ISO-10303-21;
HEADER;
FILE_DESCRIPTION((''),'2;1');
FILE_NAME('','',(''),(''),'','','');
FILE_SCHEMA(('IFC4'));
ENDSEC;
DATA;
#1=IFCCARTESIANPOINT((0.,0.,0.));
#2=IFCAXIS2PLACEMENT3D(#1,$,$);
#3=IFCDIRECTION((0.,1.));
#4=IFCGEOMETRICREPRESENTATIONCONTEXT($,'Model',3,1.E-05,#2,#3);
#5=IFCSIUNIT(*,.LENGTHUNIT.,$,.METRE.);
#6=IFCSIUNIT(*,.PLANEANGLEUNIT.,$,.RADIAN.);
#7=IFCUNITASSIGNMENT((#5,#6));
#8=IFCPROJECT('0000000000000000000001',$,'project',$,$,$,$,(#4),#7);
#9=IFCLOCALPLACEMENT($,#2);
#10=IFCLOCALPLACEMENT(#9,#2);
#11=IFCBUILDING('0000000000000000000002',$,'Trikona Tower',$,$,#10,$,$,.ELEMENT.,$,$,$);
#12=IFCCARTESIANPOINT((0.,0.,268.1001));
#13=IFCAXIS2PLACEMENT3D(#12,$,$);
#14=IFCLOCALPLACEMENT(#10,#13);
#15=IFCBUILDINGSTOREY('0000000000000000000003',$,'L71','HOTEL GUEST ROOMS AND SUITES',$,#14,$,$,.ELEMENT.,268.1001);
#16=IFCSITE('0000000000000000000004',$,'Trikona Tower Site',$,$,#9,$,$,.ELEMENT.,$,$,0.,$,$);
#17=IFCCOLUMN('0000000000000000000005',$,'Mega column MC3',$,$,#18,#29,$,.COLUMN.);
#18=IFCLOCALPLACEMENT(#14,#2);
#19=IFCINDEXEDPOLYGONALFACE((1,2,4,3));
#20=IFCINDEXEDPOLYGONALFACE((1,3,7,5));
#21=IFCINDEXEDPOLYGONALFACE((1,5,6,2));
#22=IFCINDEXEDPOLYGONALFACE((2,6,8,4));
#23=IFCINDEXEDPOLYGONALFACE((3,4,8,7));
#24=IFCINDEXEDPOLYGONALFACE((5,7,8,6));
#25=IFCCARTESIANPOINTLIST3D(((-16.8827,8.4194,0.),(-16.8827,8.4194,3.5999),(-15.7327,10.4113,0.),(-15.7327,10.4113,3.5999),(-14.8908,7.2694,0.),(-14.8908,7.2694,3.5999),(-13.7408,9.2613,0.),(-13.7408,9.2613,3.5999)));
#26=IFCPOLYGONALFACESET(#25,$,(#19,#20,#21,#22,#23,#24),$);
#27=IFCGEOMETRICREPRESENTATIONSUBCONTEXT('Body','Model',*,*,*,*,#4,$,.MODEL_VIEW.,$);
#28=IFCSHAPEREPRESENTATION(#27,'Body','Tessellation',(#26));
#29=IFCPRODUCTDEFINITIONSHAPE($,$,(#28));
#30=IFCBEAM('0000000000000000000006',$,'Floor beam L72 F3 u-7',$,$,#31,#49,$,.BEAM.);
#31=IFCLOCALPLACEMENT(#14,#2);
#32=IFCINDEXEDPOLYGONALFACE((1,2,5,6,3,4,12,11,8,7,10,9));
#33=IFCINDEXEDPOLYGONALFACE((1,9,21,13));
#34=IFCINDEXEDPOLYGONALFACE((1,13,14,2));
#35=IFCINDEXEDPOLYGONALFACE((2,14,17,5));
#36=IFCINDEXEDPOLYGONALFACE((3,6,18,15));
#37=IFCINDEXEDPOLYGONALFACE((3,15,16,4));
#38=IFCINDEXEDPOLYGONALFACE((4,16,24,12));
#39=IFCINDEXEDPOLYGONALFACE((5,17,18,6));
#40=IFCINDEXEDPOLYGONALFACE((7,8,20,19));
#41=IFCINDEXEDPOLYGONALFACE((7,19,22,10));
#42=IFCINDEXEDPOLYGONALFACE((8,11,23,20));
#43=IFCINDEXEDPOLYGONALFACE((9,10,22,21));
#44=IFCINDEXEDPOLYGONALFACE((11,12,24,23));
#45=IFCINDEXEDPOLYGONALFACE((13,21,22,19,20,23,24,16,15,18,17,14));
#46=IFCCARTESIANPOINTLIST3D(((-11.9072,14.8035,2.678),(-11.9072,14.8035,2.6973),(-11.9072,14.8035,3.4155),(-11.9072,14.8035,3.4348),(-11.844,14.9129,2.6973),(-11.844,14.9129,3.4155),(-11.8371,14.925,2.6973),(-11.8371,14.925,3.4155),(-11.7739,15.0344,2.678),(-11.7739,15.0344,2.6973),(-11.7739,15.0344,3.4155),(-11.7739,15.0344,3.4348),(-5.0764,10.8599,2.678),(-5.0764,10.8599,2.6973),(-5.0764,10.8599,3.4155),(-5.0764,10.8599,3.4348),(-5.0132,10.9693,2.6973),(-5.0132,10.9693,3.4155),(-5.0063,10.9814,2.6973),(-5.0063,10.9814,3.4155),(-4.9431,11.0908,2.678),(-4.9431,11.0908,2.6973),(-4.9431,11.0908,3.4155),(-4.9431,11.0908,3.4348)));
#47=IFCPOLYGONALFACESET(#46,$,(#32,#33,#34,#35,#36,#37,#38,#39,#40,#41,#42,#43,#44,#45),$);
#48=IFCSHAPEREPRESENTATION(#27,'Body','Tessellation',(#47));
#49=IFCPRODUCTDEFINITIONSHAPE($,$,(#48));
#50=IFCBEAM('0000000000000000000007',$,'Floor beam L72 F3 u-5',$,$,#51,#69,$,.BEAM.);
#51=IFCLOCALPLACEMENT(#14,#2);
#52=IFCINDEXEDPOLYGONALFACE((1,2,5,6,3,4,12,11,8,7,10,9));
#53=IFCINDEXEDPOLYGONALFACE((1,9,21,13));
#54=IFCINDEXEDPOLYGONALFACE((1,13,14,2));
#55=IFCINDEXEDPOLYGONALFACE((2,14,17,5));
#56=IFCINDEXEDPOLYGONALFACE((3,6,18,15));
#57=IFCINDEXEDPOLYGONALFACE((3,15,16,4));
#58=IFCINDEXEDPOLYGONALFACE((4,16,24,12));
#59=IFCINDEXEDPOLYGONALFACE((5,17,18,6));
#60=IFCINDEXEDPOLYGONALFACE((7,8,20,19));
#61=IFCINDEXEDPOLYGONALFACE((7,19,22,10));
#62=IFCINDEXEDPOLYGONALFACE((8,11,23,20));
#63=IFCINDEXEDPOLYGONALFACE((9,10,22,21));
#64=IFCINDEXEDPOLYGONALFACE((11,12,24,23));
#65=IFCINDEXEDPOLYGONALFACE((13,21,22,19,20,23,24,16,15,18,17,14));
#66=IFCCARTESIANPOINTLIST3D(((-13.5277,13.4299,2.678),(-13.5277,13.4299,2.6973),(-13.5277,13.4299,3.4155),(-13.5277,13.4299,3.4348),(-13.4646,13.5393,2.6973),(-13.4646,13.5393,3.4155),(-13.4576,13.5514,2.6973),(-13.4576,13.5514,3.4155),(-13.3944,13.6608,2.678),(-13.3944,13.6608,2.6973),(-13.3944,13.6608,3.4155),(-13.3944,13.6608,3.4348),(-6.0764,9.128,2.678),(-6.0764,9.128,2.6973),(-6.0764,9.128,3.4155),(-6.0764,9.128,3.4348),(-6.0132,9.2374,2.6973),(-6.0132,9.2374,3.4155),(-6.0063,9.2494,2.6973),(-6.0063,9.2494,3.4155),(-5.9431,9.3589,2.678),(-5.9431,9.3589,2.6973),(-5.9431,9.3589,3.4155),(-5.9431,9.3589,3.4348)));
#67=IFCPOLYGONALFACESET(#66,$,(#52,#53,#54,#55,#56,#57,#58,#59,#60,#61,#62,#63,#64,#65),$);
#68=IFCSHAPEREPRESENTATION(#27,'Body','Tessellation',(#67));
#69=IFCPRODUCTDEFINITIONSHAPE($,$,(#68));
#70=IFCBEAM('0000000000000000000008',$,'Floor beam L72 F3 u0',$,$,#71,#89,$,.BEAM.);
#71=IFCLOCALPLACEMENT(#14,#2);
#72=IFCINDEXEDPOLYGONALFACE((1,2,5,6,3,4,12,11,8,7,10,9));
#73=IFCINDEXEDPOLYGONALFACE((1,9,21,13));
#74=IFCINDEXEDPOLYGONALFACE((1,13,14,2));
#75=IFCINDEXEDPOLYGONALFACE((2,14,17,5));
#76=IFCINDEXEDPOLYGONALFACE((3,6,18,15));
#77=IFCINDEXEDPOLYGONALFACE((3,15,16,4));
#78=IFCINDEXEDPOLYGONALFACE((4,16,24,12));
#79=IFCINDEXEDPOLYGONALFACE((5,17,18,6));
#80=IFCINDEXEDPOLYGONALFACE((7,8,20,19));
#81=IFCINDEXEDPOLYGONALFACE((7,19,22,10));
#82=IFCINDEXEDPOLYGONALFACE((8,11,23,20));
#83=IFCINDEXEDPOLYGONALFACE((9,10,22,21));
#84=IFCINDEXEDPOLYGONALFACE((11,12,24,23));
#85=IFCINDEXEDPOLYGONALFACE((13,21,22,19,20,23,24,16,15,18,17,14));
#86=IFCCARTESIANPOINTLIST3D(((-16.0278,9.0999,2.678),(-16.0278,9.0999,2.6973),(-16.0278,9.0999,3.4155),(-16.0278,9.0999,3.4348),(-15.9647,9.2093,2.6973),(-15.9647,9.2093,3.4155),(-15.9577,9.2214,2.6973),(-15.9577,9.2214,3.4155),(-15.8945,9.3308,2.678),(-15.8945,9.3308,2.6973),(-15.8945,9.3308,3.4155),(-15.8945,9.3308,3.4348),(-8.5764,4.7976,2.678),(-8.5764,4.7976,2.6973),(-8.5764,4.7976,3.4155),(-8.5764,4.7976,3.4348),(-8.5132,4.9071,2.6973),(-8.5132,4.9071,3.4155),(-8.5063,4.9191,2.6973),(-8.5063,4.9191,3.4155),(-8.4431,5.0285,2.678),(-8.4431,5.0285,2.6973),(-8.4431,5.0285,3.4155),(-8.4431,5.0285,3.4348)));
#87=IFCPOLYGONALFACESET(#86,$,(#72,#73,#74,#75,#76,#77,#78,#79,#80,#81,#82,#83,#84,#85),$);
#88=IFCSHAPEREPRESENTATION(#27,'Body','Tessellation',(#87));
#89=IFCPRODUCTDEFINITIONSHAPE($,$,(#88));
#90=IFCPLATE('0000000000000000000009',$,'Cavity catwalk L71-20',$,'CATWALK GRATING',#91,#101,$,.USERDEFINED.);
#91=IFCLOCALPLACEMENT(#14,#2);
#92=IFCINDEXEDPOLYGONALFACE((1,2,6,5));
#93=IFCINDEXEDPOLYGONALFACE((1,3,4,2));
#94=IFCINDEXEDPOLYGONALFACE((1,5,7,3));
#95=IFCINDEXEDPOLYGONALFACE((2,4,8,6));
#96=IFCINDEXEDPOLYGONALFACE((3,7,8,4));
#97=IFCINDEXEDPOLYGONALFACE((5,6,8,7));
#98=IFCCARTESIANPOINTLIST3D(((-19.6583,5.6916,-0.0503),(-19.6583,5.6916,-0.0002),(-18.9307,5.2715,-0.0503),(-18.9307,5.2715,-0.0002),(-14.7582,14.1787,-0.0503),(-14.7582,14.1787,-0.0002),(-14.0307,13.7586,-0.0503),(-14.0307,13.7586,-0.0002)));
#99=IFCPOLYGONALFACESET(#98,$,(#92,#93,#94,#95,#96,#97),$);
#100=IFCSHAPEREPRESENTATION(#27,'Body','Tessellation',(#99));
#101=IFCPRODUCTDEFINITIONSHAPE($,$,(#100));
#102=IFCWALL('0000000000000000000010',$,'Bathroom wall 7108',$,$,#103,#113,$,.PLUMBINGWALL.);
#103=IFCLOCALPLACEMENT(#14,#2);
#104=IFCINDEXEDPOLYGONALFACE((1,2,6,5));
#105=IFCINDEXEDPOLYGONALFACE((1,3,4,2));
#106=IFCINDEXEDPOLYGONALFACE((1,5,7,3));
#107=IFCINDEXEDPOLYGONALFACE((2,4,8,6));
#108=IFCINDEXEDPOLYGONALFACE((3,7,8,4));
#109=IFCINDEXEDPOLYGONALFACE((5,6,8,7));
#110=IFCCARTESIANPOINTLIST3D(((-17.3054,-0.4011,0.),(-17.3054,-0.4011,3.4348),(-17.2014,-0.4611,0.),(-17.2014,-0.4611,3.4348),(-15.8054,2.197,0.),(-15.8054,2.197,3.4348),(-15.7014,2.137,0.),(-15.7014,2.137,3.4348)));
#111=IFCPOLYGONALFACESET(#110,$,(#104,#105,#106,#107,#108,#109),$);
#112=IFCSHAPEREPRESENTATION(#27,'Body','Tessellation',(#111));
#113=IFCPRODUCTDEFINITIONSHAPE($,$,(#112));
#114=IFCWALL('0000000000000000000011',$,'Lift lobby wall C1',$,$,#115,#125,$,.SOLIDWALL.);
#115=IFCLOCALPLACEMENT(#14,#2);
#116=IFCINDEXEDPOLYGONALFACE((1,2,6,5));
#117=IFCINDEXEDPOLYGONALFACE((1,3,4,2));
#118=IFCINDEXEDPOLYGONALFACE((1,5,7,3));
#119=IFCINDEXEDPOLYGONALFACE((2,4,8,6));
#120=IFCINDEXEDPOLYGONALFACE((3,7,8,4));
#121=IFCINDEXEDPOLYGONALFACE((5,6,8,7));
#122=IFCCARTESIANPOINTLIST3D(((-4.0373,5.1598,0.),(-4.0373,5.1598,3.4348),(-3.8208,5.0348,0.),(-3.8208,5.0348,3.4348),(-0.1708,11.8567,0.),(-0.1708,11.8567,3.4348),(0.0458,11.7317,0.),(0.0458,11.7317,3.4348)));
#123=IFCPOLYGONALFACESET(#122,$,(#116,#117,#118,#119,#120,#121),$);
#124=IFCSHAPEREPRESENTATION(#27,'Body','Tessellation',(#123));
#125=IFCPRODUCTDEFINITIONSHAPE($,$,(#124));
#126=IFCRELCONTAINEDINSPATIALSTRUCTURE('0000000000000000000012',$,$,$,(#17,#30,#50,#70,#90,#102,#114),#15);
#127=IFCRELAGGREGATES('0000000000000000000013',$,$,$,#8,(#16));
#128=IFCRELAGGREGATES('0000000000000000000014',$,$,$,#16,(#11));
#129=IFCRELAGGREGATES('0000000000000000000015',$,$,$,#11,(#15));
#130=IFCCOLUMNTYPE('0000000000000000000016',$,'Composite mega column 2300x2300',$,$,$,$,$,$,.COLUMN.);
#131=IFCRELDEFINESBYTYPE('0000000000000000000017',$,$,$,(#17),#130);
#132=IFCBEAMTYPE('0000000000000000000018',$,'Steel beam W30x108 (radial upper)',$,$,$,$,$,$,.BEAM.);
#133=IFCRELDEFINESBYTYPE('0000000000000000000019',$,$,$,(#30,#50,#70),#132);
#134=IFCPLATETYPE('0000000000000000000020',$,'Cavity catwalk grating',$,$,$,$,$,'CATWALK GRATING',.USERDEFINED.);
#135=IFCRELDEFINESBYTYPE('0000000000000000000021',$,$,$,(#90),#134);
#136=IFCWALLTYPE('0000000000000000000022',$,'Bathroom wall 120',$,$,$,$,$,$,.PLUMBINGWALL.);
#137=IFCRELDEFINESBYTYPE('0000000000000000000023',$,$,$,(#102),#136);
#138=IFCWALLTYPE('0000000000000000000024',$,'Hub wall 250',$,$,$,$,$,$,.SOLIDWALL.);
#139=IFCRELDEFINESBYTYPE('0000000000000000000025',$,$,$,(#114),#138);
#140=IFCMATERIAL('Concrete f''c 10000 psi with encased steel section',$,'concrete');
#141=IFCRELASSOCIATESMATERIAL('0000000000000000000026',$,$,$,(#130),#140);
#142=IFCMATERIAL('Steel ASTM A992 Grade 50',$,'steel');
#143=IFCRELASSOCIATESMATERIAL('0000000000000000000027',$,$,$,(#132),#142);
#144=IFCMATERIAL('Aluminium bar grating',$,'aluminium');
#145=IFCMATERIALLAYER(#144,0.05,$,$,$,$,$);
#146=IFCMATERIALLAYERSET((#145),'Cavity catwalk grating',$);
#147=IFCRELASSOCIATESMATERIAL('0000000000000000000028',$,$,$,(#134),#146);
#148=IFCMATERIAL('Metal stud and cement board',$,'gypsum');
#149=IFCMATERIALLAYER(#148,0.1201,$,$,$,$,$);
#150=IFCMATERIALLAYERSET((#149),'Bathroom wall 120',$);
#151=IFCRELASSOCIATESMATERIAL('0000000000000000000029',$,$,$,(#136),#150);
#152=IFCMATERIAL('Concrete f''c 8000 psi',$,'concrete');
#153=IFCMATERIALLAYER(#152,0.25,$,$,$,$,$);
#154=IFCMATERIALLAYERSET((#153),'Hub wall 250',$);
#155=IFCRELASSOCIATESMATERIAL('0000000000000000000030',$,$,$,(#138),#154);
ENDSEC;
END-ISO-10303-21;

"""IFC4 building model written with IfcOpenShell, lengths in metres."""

from ifc_helpers import new_model, si_unit, direction, frame, frame_2d, origin, origin_2d, place, context, subcontext, project, spatial, rectangle, i_section, extrude, material, layer, layer_set, material_profile, profile_set, type_object, element, save


model = new_model("IFC4")

# Units and contexts
model_context = context("Model", 3, precision=1e-05, world=origin(), true_north=direction((0.0, 1.0)))
body_context = subcontext(model_context, "Body", "Model", "MODEL_VIEW")
ifc_project = project(units=[si_unit("LENGTHUNIT", "METRE"), si_unit("PLANEANGLEUNIT", "RADIAN")], contexts=[model_context])

# Site, building, storey
site_placement = place(None, origin())
site = spatial("IfcSite", under=ifc_project, at=site_placement, Name="Trikona Tower Site", CompositionType="ELEMENT", RefElevation=0.0)
building_placement = place(site_placement, origin())
building = spatial("IfcBuilding", under=site, at=building_placement, Name="Trikona Tower", CompositionType="ELEMENT")
storey_placement = place(building_placement, frame((0.0, 0.0, 268.1001)))
storey = spatial("IfcBuildingStorey", under=building, at=storey_placement, Name="L71", Description="HOTEL GUEST ROOMS AND SUITES", CompositionType="ELEMENT", Elevation=268.1001)

# Column
ifc_material_1 = material(Name="Concrete f'c 10000 psi with encased steel section", Category="concrete")
ifc_material_profile_1 = material_profile(ifc_material_1, rectangle(XDim=2.3, YDim=2.3, at=origin_2d()), Name="MC2300")
ifc_profile_set_1 = profile_set([ifc_material_profile_1], Name="Concrete f'c 10000 psi with encased steel section")
column_type = type_object("IfcColumnType", Name="Composite mega column 2300x2300", PredefinedType="COLUMN", material=ifc_profile_set_1)
column_placement = place(storey_placement, frame((-15.3118, 8.8403, 0.0), z_axis=(0.0, 0.0, 1.0), x_axis=(-0.866025, 0.5, 0.0)))
element("IfcColumn", 1, at=column_placement, inside=storey, type_object=column_type, Name="Mega column MC3", PredefinedType="COLUMN", context=body_context, shape_type="SweptSolid", body=[
    extrude(rectangle(XDim=2.3, YDim=2.3, at=origin_2d()), origin(), (0.0, 0.0, 1.0), 3.5999),
])

# Beams
ifc_material_2 = material(Name="Steel ASTM A992 Grade 50", Category="steel")
ifc_material_profile_2 = material_profile(ifc_material_2, i_section(OverallWidth=0.2666, OverallDepth=0.7568, WebThickness=0.0139, FlangeThickness=0.0193, at=origin_2d()), Name="W30X108")
ifc_profile_set_2 = profile_set([ifc_material_profile_2], Name="Steel ASTM A992 Grade 50")
beam_type = type_object("IfcBeamType", Name="Steel beam W30x108 (radial upper)", PredefinedType="BEAM", material=ifc_profile_set_2)
beam_1_placement = place(storey_placement, frame((-5.0098, 10.9753, 3.0564), z_axis=(-0.866035, 0.499984, 0.0), x_axis=(-0.499984, -0.866035, 0.0)))
element("IfcBeam", 2, at=beam_1_placement, inside=storey, type_object=beam_type, Name="Floor beam L72 F3 u-7", PredefinedType="BEAM", context=body_context, shape_type="SweptSolid", body=[
    extrude(i_section(OverallWidth=0.2666, OverallDepth=0.7568, WebThickness=0.0139, FlangeThickness=0.0193, at=origin_2d()), origin(), (0.0, 0.0, 1.0), 7.8875),
])
beam_2_placement = place(storey_placement, frame((-6.0098, 9.2434, 3.0564), z_axis=(-0.866029, 0.499993, 0.0), x_axis=(-0.499993, -0.866029, 0.0)))
element("IfcBeam", 3, at=beam_2_placement, inside=storey, type_object=beam_type, Name="Floor beam L72 F3 u-5", PredefinedType="BEAM", context=body_context, shape_type="SweptSolid", body=[
    extrude(i_section(OverallWidth=0.2666, OverallDepth=0.7568, WebThickness=0.0139, FlangeThickness=0.0193, at=origin_2d()), origin(), (0.0, 0.0, 1.0), 8.604),
])
beam_3_placement = place(storey_placement, frame((-8.5098, 4.9131, 3.0564), z_axis=(-0.866017, 0.500015, 0.0), x_axis=(-0.500015, -0.866017, 0.0)))
element("IfcBeam", 4, at=beam_3_placement, inside=storey, type_object=beam_type, Name="Floor beam L72 F3 u0", PredefinedType="BEAM", context=body_context, shape_type="SweptSolid", body=[
    extrude(i_section(OverallWidth=0.2666, OverallDepth=0.7568, WebThickness=0.0139, FlangeThickness=0.0193, at=origin_2d()), origin(), (0.0, 0.0, 1.0), 8.6042),
])

# Plate
ifc_material_3 = material(Name="Aluminium bar grating", Category="aluminium")
ifc_layer_1 = layer(ifc_material_3, 0.05)
ifc_layer_set_1 = layer_set([ifc_layer_1], Name="Cavity catwalk grating")
plate_type = type_object("IfcPlateType", Name="Cavity catwalk grating", ElementType="CATWALK GRATING", PredefinedType="USERDEFINED", material=ifc_layer_set_1)
plate_placement = place(storey_placement, frame((-16.8445, 9.7251, -0.0503), z_axis=(0.0, 0.0, 1.0), x_axis=(-0.499998, -0.866026, 0.0)))
element("IfcPlate", 5, at=plate_placement, inside=storey, type_object=plate_type, Name="Cavity catwalk L71-20", ObjectType="CATWALK GRATING", PredefinedType="USERDEFINED", context=body_context, shape_type="SweptSolid", body=[
    extrude(rectangle(XDim=9.8, YDim=0.8401, at=origin_2d()), origin(), (0.0, 0.0, 1.0), 0.05),
])

# Walls
ifc_material_4 = material(Name="Metal stud and cement board", Category="gypsum")
ifc_layer_2 = layer(ifc_material_4, 0.1201)
ifc_layer_set_2 = layer_set([ifc_layer_2], Name="Bathroom wall 120")
wall_type_1 = type_object("IfcWallType", Name="Bathroom wall 120", PredefinedType="PLUMBINGWALL", material=ifc_layer_set_2)
wall_1_placement = place(storey_placement, frame((-15.7534, 2.167, 0.0), z_axis=(0.0, 0.0, 1.0), x_axis=(-0.49999, -0.866031, 0.0)))
element("IfcWall", 6, at=wall_1_placement, inside=storey, type_object=wall_type_1, Name="Bathroom wall 7108", PredefinedType="PLUMBINGWALL", context=body_context, shape_type="SweptSolid", body=[
    extrude(rectangle(XDim=3.0, YDim=0.1201, at=frame_2d((1.5, 0.0))), origin(), (0.0, 0.0, 1.0), 3.4348),
])
ifc_material_5 = material(Name="Concrete f'c 8000 psi", Category="concrete")
ifc_layer_3 = layer(ifc_material_5, 0.25)
ifc_layer_set_3 = layer_set([ifc_layer_3], Name="Hub wall 250")
wall_type_2 = type_object("IfcWallType", Name="Hub wall 250", PredefinedType="SOLIDWALL", material=ifc_layer_set_3)
wall_2_placement = place(storey_placement, frame((-0.0625, 11.7942, 0.0), z_axis=(0.0, 0.0, 1.0), x_axis=(-0.500007, -0.866022, 0.0)))
element("IfcWall", 7, at=wall_2_placement, inside=storey, type_object=wall_type_2, Name="Lift lobby wall C1", PredefinedType="SOLIDWALL", context=body_context, shape_type="SweptSolid", body=[
    extrude(rectangle(XDim=7.7329, YDim=0.25, at=frame_2d((3.8665, 0.0))), origin(), (0.0, 0.0, 1.0), 3.4348),
])

save(model, "model.ifc")
